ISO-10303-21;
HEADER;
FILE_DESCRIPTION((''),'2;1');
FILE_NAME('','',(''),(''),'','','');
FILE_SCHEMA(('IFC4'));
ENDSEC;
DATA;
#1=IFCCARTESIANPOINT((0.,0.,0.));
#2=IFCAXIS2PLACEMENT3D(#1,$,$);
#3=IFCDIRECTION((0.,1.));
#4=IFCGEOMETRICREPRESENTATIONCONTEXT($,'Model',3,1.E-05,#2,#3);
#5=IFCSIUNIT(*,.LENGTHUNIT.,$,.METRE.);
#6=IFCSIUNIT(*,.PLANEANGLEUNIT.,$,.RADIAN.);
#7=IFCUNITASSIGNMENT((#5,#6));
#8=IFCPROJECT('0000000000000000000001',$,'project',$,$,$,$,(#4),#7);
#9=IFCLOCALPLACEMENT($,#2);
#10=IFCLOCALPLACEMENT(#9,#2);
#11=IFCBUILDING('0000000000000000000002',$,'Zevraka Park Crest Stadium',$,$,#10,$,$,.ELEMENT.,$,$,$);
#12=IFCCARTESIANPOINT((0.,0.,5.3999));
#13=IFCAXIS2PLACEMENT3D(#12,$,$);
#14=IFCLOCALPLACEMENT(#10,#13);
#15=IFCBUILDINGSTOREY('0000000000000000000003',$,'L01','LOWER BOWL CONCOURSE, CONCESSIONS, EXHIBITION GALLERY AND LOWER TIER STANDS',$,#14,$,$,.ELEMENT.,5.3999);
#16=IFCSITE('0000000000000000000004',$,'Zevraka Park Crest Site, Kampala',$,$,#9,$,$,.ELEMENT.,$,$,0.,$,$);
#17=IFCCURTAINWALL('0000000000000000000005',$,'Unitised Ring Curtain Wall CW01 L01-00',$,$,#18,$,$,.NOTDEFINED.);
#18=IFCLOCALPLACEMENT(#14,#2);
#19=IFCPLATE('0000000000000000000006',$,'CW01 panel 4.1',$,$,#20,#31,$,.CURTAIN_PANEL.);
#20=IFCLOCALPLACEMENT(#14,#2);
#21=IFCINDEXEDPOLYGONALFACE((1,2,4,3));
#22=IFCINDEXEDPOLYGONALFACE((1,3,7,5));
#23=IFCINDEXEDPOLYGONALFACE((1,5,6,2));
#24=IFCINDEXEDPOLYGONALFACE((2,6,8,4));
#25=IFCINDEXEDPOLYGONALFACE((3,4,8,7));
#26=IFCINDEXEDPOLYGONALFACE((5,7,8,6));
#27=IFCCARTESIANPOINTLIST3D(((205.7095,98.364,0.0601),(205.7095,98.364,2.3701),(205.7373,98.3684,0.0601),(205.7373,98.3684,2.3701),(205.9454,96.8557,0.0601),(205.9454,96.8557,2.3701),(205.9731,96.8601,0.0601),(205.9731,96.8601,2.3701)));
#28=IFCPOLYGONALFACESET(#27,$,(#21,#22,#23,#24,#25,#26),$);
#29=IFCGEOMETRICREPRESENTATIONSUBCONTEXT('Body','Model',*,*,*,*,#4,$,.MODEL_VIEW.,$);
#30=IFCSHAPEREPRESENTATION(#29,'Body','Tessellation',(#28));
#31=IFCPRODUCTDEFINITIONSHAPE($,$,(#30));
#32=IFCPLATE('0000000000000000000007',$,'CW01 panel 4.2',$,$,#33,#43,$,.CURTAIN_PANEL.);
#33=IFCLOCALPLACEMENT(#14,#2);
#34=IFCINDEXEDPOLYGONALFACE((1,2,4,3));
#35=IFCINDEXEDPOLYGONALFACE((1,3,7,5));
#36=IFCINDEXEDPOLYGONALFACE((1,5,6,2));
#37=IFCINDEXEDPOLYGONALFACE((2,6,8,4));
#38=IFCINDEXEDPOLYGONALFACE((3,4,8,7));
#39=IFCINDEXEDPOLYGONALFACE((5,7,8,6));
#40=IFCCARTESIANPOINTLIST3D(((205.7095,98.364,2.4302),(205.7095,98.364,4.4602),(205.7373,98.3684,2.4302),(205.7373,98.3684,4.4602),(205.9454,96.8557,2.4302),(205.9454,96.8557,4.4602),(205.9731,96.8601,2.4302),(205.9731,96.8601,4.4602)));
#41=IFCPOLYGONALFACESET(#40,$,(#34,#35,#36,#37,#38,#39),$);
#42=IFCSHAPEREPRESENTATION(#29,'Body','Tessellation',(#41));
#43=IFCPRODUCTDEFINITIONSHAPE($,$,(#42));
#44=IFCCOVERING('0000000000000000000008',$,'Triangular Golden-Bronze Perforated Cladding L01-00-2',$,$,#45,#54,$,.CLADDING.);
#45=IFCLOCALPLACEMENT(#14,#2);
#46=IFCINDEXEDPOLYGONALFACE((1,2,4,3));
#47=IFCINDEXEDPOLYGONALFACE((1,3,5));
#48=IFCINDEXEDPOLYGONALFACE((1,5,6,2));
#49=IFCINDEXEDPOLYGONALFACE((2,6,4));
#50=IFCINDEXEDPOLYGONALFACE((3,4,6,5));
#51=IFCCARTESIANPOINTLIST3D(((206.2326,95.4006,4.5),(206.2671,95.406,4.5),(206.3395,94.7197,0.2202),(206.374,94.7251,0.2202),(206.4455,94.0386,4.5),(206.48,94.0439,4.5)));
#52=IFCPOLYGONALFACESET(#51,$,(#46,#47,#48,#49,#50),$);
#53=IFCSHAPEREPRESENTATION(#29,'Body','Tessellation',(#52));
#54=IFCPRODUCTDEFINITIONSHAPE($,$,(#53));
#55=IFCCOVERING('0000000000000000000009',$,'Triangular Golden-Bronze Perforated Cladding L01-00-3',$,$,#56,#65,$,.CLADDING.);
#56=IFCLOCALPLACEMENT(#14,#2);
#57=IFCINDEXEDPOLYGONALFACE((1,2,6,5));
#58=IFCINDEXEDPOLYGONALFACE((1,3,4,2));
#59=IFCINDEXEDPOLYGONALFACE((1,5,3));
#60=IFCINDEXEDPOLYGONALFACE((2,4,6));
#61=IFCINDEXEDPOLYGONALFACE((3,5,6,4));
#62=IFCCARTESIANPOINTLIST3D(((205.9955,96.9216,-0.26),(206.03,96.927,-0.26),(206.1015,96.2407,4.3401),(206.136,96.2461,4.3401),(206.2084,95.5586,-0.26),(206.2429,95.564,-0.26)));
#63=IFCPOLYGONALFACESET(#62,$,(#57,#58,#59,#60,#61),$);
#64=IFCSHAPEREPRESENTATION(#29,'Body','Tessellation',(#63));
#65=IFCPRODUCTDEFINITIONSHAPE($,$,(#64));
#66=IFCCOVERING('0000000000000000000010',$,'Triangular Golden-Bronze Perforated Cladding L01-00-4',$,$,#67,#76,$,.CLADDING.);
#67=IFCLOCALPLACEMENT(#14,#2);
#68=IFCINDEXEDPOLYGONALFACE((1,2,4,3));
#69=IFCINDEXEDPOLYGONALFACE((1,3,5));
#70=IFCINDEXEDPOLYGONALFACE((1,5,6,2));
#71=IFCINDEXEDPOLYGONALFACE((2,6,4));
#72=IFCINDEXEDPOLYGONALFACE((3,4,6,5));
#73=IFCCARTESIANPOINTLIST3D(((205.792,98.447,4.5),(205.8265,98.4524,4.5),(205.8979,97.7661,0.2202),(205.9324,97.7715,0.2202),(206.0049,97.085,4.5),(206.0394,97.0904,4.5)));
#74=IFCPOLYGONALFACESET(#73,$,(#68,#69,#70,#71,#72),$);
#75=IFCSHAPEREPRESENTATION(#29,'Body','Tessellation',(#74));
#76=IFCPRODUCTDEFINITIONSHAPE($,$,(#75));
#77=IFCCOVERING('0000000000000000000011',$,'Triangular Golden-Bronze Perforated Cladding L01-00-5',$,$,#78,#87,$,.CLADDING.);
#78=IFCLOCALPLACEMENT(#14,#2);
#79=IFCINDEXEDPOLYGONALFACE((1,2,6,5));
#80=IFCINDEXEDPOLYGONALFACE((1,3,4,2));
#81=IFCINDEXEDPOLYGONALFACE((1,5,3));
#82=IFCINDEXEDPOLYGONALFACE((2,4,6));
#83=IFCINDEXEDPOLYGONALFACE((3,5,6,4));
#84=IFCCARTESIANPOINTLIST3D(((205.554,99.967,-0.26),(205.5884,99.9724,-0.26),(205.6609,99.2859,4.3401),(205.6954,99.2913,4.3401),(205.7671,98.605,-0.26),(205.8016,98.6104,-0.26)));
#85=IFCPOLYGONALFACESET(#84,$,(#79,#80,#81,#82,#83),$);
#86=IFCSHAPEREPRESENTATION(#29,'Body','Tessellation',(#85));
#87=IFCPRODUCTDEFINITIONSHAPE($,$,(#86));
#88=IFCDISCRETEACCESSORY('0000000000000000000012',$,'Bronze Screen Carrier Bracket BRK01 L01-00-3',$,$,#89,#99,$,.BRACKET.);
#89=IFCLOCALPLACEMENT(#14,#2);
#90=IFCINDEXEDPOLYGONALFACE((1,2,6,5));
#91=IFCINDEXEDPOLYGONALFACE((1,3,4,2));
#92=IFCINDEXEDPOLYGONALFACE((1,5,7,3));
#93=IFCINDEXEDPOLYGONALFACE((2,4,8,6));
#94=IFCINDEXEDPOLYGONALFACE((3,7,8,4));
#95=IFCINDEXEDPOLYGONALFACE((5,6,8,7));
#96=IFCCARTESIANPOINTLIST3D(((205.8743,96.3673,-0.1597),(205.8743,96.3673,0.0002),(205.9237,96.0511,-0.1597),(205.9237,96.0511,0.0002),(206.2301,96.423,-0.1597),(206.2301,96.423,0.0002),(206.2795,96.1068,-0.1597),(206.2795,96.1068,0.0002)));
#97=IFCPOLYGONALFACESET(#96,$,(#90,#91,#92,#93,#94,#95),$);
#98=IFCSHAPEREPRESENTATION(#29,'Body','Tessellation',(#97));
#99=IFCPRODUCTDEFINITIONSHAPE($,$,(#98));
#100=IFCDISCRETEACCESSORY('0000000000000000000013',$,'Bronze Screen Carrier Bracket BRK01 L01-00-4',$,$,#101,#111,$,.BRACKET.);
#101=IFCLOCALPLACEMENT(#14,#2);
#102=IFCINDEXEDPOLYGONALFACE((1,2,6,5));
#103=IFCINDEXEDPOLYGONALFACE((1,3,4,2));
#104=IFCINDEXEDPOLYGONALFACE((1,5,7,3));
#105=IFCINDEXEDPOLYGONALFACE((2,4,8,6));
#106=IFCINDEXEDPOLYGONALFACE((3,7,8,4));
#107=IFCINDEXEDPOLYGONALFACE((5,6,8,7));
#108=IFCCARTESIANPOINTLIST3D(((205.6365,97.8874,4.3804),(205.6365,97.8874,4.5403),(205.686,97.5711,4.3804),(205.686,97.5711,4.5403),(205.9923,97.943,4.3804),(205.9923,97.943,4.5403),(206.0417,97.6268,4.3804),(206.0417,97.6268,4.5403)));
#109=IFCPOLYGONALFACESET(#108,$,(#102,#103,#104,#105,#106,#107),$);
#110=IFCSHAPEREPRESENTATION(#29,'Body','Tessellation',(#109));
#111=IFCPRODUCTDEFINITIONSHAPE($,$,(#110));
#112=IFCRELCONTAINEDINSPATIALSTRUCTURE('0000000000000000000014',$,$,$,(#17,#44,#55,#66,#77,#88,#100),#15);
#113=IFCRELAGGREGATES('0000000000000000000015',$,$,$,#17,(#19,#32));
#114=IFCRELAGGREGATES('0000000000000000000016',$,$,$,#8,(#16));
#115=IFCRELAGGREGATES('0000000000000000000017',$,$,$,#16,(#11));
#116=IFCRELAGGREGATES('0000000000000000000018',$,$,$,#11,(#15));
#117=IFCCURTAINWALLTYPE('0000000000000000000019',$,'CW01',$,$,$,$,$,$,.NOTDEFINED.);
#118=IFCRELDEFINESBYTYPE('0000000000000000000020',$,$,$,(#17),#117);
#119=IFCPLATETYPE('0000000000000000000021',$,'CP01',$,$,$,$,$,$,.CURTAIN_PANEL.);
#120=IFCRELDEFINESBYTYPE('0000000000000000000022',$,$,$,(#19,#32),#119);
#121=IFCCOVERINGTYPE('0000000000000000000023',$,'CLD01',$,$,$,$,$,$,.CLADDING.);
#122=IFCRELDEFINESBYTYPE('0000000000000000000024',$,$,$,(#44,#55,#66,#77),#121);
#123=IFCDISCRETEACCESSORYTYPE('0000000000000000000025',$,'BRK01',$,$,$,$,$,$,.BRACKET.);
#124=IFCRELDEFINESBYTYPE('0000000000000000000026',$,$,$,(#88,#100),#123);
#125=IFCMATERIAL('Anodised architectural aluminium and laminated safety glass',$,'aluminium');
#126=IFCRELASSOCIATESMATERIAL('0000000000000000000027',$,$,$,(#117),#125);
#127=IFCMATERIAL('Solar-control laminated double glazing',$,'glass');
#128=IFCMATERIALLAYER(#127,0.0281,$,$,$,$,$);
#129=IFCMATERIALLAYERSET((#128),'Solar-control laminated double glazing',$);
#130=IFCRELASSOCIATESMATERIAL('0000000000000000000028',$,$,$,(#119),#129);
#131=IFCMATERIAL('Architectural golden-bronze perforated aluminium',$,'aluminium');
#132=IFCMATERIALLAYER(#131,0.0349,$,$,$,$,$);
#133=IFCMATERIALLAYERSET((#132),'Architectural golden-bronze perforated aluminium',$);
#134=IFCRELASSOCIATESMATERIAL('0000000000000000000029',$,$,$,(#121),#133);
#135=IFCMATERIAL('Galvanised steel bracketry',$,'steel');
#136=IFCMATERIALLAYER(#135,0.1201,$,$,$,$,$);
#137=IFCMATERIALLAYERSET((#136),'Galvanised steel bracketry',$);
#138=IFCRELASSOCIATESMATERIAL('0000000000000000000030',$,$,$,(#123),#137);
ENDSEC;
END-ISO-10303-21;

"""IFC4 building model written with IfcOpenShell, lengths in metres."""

from ifc_helpers import new_model, si_unit, direction, frame, origin, origin_2d, place, context, subcontext, project, spatial, polyline, rectangle, outline, extrude, material, layer, layer_set, type_object, element, aggregate, save


model = new_model("IFC4")

# Units and contexts
model_context = context("Model", 3, precision=1e-05, world=origin(), true_north=direction((0.0, 1.0)))
body_context = subcontext(model_context, "Body", "Model", "MODEL_VIEW")
ifc_project = project(units=[si_unit("LENGTHUNIT", "METRE"), si_unit("PLANEANGLEUNIT", "RADIAN")], contexts=[model_context])

# Site, building, storey
site_placement = place(None, origin())
site = spatial("IfcSite", under=ifc_project, at=site_placement, Name="Zevraka Park Crest Site, Kampala", CompositionType="ELEMENT", RefElevation=0.0)
building_placement = place(site_placement, origin())
building = spatial("IfcBuilding", under=site, at=building_placement, Name="Zevraka Park Crest Stadium", CompositionType="ELEMENT")
storey_placement = place(building_placement, frame((0.0, 0.0, 5.3999)))
storey = spatial("IfcBuildingStorey", under=building, at=storey_placement, Name="L01", Description="LOWER BOWL CONCOURSE, CONCESSIONS, EXHIBITION GALLERY AND LOWER TIER STANDS", CompositionType="ELEMENT", Elevation=5.3999)

# Curtain wall, plates
ifc_material_1 = material(Name="Anodised architectural aluminium and laminated safety glass", Category="aluminium")
curtain_wall_type = type_object("IfcCurtainWallType", Name="CW01", PredefinedType="NOTDEFINED", material=ifc_material_1)
curtain_wall_placement = place(storey_placement, origin())
curtain_wall = element("IfcCurtainWall", 1, at=curtain_wall_placement, inside=storey, type_object=curtain_wall_type, Name="Unitised Ring Curtain Wall CW01 L01-00", PredefinedType="NOTDEFINED")
ifc_material_2 = material(Name="Solar-control laminated double glazing", Category="glass")
ifc_layer_1 = layer(ifc_material_2, 0.0281)
ifc_layer_set_1 = layer_set([ifc_layer_1], Name="Solar-control laminated double glazing")
plate_type = type_object("IfcPlateType", Name="CP01", PredefinedType="CURTAIN_PANEL", material=ifc_layer_set_1)
plate_1_placement = place(storey_placement, frame((205.8413, 97.6121, 0.0601), z_axis=(0.0, 0.0, 1.0), x_axis=(-0.154476, 0.987997, 0.0)))
plate_1 = element("IfcPlate", 2, at=plate_1_placement, type_object=plate_type, Name="CW01 panel 4.1", PredefinedType="CURTAIN_PANEL", context=body_context, shape_type="SweptSolid", body=[
    extrude(rectangle(XDim=1.5266, YDim=0.0281, at=origin_2d()), origin(), (0.0, 0.0, 1.0), 2.3101),
])
plate_2_placement = place(storey_placement, frame((205.8413, 97.6121, 2.4302), z_axis=(0.0, 0.0, 1.0), x_axis=(-0.154476, 0.987997, 0.0)))
plate_2 = element("IfcPlate", 3, at=plate_2_placement, type_object=plate_type, Name="CW01 panel 4.2", PredefinedType="CURTAIN_PANEL", context=body_context, shape_type="SweptSolid", body=[
    extrude(rectangle(XDim=1.5266, YDim=0.0281, at=origin_2d()), origin(), (0.0, 0.0, 1.0), 2.03),
])
aggregate(curtain_wall, [plate_1, plate_2])

# Coverings
ifc_material_3 = material(Name="Architectural golden-bronze perforated aluminium", Category="aluminium")
ifc_layer_2 = layer(ifc_material_3, 0.0349)
ifc_layer_set_2 = layer_set([ifc_layer_2], Name="Architectural golden-bronze perforated aluminium")
covering_type = type_object("IfcCoveringType", Name="CLD01", PredefinedType="CLADDING", material=ifc_layer_set_2)
covering_1_placement = place(storey_placement, frame((206.2671, 95.406, 4.5), z_axis=(0.988004, 0.154425, 0.000117), x_axis=(0.154426, -0.988004, 0.0)))
element("IfcCovering", 4, at=covering_1_placement, inside=storey, type_object=covering_type, Name="Triangular Golden-Bronze Perforated Cladding L01-00-2", PredefinedType="CLADDING", context=body_context, shape_type="SweptSolid", body=[
    extrude(outline(polyline([(0.0, 0.0), (1.3786, 0.0), (0.6893, 4.2798), (0.0, 0.0)])), origin(), (0.0, 0.0, -1.0), 0.0349),
])
covering_2_placement = place(storey_placement, frame((206.2429, 95.564, -0.26), z_axis=(0.988021, 0.154317, 0.000084), x_axis=(-0.154317, 0.988021, 0.0)))
element("IfcCovering", 5, at=covering_2_placement, inside=storey, type_object=covering_type, Name="Triangular Golden-Bronze Perforated Cladding L01-00-3", PredefinedType="CLADDING", context=body_context, shape_type="SweptSolid", body=[
    extrude(outline(polyline([(0.0, 0.0), (1.3796, 0.0), (0.6905, 4.6001), (0.0, 0.0)])), origin(), (0.0, 0.0, -1.0), 0.0349),
])
covering_3_placement = place(storey_placement, frame((205.792, 98.447, 4.5), z_axis=(-0.988004, -0.154425, 0.000108), x_axis=(0.154426, -0.988004, 0.0)))
element("IfcCovering", 6, at=covering_3_placement, inside=storey, type_object=covering_type, Name="Triangular Golden-Bronze Perforated Cladding L01-00-4", PredefinedType="CLADDING", context=body_context, shape_type="SweptSolid", body=[
    extrude(outline(polyline([(0.0, 0.0), (1.3786, 0.0), (0.6891, -4.2798), (0.0, 0.0)])), origin(), (0.0, 0.0, -1.0), 0.0349),
])
covering_4_placement = place(storey_placement, frame((205.7671, 98.605, -0.26), z_axis=(-0.987977, -0.154598, 0.000075), x_axis=(-0.154598, 0.987977, 0.0)))
element("IfcCovering", 7, at=covering_4_placement, inside=storey, type_object=covering_type, Name="Triangular Golden-Bronze Perforated Cladding L01-00-5", PredefinedType="CLADDING", context=body_context, shape_type="SweptSolid", body=[
    extrude(outline(polyline([(0.0, 0.0), (1.3786, 0.0), (0.6891, -4.6001), (0.0, 0.0)])), origin(), (0.0, 0.0, -1.0), 0.0349),
])

# Discrete accessories
ifc_material_4 = material(Name="Galvanised steel bracketry", Category="steel")
ifc_layer_3 = layer(ifc_material_4, 0.1201)
ifc_layer_set_3 = layer_set([ifc_layer_3], Name="Galvanised steel bracketry")
discrete_accessory_type = type_object("IfcDiscreteAccessoryType", Name="BRK01", PredefinedType="BRACKET", material=ifc_layer_set_3)
for number, where, z_axis, x_axis, name in (
    (8, (206.0769, 96.2371, -0.1597), (0.0, 0.0, 1.0), (-0.154538, 0.987987, 0.0), "Bronze Screen Carrier Bracket BRK01 L01-00-3"),
    (9, (205.8391, 97.7571, 4.3804), (0.0, 0.0, 1.0), (-0.154538, 0.987987, 0.0), "Bronze Screen Carrier Bracket BRK01 L01-00-4"),
):
    element("IfcDiscreteAccessory", number, at=place(storey_placement, frame(where, z_axis=z_axis, x_axis=x_axis)), inside=storey, type_object=discrete_accessory_type, Name=name, PredefinedType="BRACKET", context=body_context, shape_type="SweptSolid", body=[
        extrude(rectangle(XDim=0.3201, YDim=0.3601, at=origin_2d()), origin(), (0.0, 0.0, 1.0), 0.1599),
    ])

save(model, "model.ifc")
